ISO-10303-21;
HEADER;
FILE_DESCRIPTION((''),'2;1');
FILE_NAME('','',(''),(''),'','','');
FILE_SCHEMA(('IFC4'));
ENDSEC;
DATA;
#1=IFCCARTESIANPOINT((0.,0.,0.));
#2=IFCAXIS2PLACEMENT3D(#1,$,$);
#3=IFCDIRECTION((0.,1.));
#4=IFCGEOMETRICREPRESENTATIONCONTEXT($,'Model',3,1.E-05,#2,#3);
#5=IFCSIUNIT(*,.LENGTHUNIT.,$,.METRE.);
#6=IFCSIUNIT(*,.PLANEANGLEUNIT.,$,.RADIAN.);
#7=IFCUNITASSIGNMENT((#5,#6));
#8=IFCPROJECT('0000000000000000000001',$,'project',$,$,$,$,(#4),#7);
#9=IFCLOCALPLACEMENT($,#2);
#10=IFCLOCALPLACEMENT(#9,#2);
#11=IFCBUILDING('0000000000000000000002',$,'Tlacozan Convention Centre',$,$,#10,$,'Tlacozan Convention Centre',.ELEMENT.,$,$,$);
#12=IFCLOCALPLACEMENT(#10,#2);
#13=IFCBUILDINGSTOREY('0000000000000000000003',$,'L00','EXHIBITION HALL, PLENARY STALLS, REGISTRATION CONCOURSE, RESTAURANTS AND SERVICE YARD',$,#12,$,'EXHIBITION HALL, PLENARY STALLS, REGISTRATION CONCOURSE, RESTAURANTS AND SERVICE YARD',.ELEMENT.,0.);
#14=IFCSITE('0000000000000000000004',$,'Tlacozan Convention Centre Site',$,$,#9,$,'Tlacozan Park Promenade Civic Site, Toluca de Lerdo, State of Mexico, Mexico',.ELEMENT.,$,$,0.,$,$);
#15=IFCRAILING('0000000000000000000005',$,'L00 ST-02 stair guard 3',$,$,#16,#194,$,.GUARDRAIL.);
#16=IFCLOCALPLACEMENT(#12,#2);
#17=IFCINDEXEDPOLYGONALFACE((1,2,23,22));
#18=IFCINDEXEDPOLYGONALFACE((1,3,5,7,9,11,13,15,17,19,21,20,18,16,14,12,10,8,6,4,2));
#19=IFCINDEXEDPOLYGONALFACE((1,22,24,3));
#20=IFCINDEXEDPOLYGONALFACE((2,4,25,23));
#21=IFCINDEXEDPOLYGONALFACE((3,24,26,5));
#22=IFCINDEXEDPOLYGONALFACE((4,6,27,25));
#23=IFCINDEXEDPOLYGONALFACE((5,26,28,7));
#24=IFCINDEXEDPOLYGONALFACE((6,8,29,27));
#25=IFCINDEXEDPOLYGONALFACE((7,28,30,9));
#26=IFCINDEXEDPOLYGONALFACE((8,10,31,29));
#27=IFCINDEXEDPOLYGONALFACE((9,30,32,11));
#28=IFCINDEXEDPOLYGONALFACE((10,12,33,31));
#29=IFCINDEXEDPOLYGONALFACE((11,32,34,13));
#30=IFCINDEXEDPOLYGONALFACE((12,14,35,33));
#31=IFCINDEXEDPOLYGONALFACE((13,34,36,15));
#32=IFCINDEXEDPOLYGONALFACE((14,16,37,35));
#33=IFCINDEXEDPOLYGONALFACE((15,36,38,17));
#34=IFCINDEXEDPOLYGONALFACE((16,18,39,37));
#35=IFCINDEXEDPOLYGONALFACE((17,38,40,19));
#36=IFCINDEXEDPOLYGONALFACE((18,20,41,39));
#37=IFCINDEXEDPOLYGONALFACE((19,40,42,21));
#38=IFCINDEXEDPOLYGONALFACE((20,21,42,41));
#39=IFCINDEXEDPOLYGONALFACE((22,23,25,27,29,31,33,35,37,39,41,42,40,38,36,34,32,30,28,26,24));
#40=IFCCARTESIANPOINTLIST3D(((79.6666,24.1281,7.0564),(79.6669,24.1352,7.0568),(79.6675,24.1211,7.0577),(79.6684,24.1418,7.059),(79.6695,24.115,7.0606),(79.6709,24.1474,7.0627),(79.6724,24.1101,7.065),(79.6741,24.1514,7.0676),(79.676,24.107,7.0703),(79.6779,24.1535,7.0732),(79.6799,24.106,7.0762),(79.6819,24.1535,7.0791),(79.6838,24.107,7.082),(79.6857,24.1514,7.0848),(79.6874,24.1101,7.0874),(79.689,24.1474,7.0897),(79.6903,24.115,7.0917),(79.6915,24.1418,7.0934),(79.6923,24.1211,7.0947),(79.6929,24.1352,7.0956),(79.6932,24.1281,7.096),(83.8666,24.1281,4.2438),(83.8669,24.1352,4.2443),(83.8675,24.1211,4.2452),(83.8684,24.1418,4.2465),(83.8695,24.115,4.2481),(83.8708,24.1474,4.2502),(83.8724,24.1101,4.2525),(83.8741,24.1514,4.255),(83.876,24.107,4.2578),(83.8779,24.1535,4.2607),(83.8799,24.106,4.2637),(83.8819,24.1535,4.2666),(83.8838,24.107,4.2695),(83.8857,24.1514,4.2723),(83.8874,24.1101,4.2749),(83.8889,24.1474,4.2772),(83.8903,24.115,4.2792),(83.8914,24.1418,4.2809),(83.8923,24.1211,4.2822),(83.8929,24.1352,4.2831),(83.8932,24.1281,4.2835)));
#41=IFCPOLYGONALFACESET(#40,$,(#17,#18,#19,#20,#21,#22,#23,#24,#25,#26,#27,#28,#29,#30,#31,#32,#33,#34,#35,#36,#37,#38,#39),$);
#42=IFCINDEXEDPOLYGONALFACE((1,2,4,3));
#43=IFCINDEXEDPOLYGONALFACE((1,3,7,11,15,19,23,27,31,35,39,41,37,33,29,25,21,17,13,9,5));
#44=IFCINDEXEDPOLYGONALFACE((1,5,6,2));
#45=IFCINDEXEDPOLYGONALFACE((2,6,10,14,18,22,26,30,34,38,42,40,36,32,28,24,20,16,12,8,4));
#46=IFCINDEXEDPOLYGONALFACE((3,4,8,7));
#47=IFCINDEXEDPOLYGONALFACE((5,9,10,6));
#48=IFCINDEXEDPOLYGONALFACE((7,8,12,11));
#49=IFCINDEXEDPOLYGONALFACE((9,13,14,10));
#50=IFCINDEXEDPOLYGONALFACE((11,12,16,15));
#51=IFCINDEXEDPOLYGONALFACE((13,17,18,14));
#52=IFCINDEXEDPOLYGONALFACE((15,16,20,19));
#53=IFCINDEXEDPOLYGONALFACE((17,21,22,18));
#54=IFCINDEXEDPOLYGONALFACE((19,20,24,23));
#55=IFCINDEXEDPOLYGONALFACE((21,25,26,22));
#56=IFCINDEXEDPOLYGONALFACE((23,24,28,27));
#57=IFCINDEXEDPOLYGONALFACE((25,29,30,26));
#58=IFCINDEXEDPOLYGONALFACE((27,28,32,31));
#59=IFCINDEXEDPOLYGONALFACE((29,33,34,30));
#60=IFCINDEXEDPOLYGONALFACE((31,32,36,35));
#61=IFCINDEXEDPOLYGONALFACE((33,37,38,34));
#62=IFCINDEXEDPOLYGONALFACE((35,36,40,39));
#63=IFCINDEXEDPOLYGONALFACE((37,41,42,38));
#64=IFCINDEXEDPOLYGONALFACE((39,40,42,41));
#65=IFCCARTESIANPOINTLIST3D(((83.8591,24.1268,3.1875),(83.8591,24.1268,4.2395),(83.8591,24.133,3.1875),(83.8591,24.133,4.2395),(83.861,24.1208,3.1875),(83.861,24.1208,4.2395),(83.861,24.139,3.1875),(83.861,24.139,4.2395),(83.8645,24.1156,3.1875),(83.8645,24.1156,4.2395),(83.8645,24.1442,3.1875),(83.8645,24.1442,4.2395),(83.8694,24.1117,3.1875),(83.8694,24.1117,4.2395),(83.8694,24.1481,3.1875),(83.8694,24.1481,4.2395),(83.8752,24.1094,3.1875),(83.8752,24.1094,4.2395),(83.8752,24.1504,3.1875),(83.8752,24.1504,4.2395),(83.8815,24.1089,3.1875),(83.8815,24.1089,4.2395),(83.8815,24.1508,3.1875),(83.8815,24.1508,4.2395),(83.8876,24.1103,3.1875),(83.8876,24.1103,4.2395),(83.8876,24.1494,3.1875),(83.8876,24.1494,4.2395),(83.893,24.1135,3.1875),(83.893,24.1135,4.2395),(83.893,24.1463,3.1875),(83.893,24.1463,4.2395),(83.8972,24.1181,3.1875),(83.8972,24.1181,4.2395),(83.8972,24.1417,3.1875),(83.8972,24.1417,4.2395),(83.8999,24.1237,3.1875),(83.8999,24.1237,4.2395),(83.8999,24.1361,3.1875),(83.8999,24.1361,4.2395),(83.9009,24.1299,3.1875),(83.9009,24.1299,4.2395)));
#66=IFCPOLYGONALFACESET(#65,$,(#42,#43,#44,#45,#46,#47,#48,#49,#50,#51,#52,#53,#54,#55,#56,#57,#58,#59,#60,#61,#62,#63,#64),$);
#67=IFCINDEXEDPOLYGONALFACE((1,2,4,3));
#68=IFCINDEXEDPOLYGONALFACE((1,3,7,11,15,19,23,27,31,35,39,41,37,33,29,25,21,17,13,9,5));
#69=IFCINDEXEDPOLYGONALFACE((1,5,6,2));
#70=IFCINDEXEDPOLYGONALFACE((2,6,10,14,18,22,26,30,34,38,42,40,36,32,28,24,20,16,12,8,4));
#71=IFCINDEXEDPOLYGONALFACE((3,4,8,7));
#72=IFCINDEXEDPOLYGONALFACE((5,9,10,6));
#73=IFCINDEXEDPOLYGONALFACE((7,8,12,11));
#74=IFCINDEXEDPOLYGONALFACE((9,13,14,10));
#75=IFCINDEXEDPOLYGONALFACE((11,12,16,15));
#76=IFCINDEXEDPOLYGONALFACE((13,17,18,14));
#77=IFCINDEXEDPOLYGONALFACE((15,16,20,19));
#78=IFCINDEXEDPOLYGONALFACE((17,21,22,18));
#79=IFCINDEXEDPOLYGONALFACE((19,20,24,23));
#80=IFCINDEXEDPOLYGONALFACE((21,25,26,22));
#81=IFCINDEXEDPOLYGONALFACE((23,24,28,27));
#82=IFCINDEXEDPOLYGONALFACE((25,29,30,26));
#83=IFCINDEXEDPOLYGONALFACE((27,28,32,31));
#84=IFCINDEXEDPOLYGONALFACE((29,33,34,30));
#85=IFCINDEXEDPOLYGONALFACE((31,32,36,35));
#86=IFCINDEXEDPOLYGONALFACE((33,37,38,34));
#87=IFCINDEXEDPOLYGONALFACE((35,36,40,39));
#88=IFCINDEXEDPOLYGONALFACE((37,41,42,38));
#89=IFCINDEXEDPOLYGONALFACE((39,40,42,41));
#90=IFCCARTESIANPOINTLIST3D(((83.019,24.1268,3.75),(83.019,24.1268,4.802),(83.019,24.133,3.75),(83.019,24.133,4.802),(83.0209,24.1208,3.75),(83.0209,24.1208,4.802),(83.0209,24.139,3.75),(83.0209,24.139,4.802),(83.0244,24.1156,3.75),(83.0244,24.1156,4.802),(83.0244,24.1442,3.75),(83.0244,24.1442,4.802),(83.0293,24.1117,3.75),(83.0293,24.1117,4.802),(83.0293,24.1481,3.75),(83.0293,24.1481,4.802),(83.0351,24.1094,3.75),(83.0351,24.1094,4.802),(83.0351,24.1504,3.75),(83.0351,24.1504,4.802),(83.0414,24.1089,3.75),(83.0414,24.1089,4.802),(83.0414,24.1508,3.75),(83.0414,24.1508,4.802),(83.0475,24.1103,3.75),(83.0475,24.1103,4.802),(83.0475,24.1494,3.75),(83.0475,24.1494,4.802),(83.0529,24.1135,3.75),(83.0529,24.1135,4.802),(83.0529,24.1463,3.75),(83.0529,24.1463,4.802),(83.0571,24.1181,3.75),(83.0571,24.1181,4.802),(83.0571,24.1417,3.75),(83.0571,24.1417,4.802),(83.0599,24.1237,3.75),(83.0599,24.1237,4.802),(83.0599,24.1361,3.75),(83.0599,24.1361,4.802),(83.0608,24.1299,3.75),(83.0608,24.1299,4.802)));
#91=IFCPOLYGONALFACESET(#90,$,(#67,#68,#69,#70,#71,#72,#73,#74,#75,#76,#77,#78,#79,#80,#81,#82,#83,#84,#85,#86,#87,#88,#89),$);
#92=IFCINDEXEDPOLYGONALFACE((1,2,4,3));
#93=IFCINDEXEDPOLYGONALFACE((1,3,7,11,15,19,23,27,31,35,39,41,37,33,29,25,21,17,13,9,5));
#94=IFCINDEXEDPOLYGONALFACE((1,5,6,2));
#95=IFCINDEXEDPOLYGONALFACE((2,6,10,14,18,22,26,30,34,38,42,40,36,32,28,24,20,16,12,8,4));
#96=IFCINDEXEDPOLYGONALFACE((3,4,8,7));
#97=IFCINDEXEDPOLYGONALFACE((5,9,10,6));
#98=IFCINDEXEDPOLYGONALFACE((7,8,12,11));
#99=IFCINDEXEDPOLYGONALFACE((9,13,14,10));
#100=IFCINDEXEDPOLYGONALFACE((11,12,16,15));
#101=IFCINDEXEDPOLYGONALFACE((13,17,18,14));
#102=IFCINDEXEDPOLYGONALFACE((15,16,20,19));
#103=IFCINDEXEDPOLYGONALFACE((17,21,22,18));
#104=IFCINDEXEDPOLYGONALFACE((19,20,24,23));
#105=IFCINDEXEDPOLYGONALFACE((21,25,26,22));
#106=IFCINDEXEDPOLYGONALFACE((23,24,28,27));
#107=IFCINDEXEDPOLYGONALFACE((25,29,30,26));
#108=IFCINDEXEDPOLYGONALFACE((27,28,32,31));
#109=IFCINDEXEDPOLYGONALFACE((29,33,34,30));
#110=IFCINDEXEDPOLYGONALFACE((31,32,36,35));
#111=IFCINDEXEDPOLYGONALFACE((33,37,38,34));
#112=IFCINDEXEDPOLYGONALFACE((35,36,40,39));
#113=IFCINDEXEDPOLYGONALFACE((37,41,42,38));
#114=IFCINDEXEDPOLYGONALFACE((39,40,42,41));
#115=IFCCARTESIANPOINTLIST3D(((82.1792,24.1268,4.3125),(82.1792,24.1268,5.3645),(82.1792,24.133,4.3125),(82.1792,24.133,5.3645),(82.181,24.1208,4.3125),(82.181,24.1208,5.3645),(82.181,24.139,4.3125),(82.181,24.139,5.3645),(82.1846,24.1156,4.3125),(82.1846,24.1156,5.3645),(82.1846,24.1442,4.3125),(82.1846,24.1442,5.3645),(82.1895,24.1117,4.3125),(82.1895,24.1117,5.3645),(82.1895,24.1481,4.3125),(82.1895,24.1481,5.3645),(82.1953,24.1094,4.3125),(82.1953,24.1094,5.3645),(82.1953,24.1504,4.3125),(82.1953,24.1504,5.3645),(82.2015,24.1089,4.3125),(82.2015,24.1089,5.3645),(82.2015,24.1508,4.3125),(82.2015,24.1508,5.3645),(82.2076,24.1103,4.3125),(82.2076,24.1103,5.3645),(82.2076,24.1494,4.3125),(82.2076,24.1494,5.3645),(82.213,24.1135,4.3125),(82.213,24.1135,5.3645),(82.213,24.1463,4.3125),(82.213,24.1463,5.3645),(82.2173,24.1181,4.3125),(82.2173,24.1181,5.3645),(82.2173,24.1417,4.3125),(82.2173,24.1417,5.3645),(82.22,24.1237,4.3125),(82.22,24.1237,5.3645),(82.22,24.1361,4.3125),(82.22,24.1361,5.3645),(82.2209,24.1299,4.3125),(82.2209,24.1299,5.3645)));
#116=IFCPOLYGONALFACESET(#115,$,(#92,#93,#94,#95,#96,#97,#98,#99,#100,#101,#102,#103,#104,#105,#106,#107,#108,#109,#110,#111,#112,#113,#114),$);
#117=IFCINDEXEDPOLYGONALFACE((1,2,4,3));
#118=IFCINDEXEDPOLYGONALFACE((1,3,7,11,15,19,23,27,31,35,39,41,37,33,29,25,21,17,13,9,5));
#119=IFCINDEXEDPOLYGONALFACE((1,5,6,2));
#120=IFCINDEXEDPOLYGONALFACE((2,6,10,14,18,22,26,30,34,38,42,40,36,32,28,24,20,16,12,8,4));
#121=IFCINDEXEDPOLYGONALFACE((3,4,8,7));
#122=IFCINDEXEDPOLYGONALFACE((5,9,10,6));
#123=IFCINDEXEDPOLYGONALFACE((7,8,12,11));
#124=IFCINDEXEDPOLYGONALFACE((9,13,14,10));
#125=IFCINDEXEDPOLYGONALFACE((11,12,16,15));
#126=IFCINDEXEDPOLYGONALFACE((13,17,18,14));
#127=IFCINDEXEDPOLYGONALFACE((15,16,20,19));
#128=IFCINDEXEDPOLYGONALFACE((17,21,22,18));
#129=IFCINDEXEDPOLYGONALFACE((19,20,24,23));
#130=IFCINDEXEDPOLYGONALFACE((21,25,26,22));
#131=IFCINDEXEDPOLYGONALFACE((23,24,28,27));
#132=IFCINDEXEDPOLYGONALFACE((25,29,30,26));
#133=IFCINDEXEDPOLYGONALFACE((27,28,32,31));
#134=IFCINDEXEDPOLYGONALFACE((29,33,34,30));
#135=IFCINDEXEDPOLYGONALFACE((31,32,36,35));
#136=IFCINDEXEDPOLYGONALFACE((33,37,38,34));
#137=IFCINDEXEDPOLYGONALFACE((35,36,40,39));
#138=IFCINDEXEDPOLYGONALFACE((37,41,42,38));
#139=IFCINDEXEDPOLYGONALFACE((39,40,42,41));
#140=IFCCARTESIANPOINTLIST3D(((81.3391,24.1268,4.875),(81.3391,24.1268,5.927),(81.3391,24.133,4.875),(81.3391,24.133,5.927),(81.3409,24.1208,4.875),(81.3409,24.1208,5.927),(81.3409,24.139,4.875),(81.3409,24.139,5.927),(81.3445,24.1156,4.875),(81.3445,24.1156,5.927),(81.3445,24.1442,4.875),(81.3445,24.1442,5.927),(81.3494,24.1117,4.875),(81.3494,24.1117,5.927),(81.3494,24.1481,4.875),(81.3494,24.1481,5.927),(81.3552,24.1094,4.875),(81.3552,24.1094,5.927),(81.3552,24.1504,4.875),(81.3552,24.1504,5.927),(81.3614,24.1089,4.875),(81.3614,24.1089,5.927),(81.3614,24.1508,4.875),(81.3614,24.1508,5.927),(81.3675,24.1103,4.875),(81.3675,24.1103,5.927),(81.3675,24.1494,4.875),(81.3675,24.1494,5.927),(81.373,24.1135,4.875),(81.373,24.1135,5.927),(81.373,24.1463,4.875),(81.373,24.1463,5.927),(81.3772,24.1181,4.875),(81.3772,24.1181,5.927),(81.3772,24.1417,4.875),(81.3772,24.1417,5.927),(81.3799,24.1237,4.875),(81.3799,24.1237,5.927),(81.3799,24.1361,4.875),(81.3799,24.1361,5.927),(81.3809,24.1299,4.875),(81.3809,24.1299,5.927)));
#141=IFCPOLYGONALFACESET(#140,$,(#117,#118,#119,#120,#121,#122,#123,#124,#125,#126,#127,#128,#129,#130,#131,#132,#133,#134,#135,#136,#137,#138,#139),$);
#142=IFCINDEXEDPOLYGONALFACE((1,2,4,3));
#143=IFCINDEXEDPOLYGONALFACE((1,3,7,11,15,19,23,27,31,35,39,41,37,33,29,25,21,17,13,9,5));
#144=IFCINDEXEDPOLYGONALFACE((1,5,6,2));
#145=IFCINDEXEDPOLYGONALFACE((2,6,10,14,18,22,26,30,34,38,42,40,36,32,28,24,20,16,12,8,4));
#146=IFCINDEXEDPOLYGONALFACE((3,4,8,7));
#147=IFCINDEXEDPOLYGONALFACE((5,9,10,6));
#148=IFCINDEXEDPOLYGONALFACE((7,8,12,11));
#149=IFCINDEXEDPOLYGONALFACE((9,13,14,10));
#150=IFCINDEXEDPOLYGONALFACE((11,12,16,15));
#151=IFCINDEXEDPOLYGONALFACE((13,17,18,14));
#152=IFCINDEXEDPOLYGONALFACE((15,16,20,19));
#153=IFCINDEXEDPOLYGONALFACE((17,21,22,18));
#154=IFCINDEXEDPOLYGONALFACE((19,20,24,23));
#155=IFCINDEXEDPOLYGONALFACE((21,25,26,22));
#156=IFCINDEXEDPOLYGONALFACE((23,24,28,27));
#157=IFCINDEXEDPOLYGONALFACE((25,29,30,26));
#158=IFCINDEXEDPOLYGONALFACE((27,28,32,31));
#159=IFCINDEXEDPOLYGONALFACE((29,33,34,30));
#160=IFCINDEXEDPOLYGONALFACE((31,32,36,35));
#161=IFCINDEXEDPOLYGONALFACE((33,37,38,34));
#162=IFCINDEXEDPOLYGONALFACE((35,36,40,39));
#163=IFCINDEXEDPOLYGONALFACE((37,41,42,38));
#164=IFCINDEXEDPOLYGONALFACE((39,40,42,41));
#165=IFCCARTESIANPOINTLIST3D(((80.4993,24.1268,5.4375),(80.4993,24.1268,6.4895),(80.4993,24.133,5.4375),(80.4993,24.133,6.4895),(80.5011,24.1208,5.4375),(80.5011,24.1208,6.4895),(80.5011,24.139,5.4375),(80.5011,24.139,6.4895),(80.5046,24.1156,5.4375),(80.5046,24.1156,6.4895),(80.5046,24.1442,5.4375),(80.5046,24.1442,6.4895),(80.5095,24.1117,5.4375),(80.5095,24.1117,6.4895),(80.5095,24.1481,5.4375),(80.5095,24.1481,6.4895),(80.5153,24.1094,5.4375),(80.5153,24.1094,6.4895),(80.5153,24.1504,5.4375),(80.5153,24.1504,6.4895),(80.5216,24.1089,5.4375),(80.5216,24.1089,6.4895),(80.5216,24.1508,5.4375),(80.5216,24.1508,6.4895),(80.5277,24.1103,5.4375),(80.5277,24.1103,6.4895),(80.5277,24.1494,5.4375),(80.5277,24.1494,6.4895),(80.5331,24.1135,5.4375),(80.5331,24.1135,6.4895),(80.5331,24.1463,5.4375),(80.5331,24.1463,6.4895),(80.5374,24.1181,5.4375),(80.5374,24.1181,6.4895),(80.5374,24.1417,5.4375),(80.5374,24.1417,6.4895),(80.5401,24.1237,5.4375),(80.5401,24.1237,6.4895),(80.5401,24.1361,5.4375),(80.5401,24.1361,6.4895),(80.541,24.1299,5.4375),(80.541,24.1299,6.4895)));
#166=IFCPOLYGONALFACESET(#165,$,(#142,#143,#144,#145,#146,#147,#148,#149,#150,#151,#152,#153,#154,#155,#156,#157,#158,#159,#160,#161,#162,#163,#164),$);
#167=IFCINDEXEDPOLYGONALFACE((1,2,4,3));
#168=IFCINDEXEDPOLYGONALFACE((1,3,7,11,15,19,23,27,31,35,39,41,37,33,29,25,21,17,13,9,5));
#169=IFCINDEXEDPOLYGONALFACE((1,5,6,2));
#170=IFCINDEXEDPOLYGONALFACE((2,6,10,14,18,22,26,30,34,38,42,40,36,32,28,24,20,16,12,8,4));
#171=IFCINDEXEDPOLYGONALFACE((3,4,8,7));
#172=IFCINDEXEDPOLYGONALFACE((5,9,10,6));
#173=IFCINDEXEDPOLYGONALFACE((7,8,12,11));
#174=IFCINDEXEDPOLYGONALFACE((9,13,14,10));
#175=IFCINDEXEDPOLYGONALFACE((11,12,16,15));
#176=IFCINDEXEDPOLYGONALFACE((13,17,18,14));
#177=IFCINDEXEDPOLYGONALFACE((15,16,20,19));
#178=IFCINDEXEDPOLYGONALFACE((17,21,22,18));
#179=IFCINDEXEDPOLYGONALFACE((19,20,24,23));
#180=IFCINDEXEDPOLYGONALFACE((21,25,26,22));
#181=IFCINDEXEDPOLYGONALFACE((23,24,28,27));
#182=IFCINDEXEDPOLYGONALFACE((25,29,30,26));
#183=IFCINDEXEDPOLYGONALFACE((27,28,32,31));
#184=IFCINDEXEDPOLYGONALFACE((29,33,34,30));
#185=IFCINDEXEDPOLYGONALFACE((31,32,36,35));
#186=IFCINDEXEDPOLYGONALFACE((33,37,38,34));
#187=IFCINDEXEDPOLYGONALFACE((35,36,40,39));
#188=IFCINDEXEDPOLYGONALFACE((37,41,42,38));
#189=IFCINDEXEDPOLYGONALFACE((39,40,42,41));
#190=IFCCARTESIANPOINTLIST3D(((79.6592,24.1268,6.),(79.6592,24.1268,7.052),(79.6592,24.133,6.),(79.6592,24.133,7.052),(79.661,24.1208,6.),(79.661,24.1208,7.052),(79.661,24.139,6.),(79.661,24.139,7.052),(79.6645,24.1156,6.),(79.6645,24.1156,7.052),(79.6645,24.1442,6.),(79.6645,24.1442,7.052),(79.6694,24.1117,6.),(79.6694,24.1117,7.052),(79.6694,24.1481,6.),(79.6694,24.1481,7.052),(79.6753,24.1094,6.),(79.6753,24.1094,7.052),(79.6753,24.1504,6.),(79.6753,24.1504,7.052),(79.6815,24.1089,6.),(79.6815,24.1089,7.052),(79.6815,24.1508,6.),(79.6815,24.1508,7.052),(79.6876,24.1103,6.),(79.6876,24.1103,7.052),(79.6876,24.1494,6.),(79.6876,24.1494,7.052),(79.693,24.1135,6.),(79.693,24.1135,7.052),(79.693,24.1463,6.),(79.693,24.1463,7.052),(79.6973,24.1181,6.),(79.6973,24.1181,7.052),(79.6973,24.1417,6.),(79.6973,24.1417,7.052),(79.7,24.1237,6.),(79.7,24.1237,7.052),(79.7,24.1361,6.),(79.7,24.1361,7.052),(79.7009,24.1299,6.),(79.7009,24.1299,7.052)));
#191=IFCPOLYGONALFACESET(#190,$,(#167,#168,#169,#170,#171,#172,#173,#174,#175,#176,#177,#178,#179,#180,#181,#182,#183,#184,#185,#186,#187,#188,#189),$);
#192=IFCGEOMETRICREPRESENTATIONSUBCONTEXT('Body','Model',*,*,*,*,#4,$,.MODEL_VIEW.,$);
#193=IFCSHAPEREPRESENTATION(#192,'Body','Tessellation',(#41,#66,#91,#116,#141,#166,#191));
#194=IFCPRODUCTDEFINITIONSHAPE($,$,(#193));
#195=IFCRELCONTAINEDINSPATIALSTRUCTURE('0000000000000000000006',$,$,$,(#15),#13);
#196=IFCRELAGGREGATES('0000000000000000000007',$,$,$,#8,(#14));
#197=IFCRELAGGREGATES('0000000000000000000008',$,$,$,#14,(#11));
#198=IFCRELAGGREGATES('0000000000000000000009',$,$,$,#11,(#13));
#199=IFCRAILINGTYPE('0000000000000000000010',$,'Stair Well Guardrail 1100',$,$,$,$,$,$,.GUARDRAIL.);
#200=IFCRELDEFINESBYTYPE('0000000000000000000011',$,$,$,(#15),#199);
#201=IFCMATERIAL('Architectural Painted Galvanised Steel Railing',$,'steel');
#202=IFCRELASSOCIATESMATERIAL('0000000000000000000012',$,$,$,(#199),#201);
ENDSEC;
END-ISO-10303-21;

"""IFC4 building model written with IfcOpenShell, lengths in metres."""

from ifc_helpers import new_model, si_unit, direction, frame, origin, origin_2d, place, context, subcontext, project, spatial, circle, extrude, material, type_object, element, save


model = new_model("IFC4")

# Units and contexts
model_context = context("Model", 3, precision=1e-05, world=origin(), true_north=direction((0.0, 1.0)))
body_context = subcontext(model_context, "Body", "Model", "MODEL_VIEW")
ifc_project = project(units=[si_unit("LENGTHUNIT", "METRE"), si_unit("PLANEANGLEUNIT", "RADIAN")], contexts=[model_context])

# Site, building, storey
site_placement = place(None, origin())
site = spatial("IfcSite", under=ifc_project, at=site_placement, Name="Tlacozan Convention Centre Site", LongName="Tlacozan Park Promenade Civic Site, Toluca de Lerdo, State of Mexico, Mexico", CompositionType="ELEMENT", RefElevation=0.0)
building_placement = place(site_placement, origin())
building = spatial("IfcBuilding", under=site, at=building_placement, Name="Tlacozan Convention Centre", LongName="Tlacozan Convention Centre", CompositionType="ELEMENT")
storey_placement = place(building_placement, origin())
storey = spatial("IfcBuildingStorey", under=building, at=storey_placement, Name="L00", Description="EXHIBITION HALL, PLENARY STALLS, REGISTRATION CONCOURSE, RESTAURANTS AND SERVICE YARD", LongName="EXHIBITION HALL, PLENARY STALLS, REGISTRATION CONCOURSE, RESTAURANTS AND SERVICE YARD", CompositionType="ELEMENT", Elevation=0.0)

# Railing
ifc_material_1 = material(Name="Architectural Painted Galvanised Steel Railing", Category="steel")
railing_type_1 = type_object("IfcRailingType", Name="Stair Well Guardrail 1100", PredefinedType="GUARDRAIL", material=ifc_material_1)
railing_1_placement = place(storey_placement, frame((83.8799, 24.1299, 3.1875)))
element("IfcRailing", 1, at=railing_1_placement, inside=storey, type_object=railing_type_1, Name="L00 ST-02 stair guard 3", PredefinedType="GUARDRAIL", context=body_context, shape_type="SweptSolid", body=[
    extrude(circle(Radius=0.0239, at=origin_2d()), frame((0.0, 0.0, 1.0762), z_axis=(-0.830904, 0.0, 0.556416), x_axis=(0.0, -1.0, 0.0)), (0.0, 0.0, 1.0), 5.0547),
    extrude(circle(Radius=0.021, at=origin_2d()), origin(), (0.0, 0.0, 1.0), 1.052),
    extrude(circle(Radius=0.021, at=origin_2d()), frame((-0.8401, 0.0, 0.5625)), (0.0, 0.0, 1.0), 1.052),
    extrude(circle(Radius=0.021, at=origin_2d()), frame((-1.6799, 0.0, 1.125)), (0.0, 0.0, 1.0), 1.052),
    extrude(circle(Radius=0.021, at=origin_2d()), frame((-2.52, 0.0, 1.6875)), (0.0, 0.0, 1.0), 1.052),
    extrude(circle(Radius=0.021, at=origin_2d()), frame((-3.3599, 0.0, 2.25)), (0.0, 0.0, 1.0), 1.052),
    extrude(circle(Radius=0.021, at=origin_2d()), frame((-4.2, 0.0, 2.8125)), (0.0, 0.0, 1.0), 1.052),
])

save(model, "model.ifc")
